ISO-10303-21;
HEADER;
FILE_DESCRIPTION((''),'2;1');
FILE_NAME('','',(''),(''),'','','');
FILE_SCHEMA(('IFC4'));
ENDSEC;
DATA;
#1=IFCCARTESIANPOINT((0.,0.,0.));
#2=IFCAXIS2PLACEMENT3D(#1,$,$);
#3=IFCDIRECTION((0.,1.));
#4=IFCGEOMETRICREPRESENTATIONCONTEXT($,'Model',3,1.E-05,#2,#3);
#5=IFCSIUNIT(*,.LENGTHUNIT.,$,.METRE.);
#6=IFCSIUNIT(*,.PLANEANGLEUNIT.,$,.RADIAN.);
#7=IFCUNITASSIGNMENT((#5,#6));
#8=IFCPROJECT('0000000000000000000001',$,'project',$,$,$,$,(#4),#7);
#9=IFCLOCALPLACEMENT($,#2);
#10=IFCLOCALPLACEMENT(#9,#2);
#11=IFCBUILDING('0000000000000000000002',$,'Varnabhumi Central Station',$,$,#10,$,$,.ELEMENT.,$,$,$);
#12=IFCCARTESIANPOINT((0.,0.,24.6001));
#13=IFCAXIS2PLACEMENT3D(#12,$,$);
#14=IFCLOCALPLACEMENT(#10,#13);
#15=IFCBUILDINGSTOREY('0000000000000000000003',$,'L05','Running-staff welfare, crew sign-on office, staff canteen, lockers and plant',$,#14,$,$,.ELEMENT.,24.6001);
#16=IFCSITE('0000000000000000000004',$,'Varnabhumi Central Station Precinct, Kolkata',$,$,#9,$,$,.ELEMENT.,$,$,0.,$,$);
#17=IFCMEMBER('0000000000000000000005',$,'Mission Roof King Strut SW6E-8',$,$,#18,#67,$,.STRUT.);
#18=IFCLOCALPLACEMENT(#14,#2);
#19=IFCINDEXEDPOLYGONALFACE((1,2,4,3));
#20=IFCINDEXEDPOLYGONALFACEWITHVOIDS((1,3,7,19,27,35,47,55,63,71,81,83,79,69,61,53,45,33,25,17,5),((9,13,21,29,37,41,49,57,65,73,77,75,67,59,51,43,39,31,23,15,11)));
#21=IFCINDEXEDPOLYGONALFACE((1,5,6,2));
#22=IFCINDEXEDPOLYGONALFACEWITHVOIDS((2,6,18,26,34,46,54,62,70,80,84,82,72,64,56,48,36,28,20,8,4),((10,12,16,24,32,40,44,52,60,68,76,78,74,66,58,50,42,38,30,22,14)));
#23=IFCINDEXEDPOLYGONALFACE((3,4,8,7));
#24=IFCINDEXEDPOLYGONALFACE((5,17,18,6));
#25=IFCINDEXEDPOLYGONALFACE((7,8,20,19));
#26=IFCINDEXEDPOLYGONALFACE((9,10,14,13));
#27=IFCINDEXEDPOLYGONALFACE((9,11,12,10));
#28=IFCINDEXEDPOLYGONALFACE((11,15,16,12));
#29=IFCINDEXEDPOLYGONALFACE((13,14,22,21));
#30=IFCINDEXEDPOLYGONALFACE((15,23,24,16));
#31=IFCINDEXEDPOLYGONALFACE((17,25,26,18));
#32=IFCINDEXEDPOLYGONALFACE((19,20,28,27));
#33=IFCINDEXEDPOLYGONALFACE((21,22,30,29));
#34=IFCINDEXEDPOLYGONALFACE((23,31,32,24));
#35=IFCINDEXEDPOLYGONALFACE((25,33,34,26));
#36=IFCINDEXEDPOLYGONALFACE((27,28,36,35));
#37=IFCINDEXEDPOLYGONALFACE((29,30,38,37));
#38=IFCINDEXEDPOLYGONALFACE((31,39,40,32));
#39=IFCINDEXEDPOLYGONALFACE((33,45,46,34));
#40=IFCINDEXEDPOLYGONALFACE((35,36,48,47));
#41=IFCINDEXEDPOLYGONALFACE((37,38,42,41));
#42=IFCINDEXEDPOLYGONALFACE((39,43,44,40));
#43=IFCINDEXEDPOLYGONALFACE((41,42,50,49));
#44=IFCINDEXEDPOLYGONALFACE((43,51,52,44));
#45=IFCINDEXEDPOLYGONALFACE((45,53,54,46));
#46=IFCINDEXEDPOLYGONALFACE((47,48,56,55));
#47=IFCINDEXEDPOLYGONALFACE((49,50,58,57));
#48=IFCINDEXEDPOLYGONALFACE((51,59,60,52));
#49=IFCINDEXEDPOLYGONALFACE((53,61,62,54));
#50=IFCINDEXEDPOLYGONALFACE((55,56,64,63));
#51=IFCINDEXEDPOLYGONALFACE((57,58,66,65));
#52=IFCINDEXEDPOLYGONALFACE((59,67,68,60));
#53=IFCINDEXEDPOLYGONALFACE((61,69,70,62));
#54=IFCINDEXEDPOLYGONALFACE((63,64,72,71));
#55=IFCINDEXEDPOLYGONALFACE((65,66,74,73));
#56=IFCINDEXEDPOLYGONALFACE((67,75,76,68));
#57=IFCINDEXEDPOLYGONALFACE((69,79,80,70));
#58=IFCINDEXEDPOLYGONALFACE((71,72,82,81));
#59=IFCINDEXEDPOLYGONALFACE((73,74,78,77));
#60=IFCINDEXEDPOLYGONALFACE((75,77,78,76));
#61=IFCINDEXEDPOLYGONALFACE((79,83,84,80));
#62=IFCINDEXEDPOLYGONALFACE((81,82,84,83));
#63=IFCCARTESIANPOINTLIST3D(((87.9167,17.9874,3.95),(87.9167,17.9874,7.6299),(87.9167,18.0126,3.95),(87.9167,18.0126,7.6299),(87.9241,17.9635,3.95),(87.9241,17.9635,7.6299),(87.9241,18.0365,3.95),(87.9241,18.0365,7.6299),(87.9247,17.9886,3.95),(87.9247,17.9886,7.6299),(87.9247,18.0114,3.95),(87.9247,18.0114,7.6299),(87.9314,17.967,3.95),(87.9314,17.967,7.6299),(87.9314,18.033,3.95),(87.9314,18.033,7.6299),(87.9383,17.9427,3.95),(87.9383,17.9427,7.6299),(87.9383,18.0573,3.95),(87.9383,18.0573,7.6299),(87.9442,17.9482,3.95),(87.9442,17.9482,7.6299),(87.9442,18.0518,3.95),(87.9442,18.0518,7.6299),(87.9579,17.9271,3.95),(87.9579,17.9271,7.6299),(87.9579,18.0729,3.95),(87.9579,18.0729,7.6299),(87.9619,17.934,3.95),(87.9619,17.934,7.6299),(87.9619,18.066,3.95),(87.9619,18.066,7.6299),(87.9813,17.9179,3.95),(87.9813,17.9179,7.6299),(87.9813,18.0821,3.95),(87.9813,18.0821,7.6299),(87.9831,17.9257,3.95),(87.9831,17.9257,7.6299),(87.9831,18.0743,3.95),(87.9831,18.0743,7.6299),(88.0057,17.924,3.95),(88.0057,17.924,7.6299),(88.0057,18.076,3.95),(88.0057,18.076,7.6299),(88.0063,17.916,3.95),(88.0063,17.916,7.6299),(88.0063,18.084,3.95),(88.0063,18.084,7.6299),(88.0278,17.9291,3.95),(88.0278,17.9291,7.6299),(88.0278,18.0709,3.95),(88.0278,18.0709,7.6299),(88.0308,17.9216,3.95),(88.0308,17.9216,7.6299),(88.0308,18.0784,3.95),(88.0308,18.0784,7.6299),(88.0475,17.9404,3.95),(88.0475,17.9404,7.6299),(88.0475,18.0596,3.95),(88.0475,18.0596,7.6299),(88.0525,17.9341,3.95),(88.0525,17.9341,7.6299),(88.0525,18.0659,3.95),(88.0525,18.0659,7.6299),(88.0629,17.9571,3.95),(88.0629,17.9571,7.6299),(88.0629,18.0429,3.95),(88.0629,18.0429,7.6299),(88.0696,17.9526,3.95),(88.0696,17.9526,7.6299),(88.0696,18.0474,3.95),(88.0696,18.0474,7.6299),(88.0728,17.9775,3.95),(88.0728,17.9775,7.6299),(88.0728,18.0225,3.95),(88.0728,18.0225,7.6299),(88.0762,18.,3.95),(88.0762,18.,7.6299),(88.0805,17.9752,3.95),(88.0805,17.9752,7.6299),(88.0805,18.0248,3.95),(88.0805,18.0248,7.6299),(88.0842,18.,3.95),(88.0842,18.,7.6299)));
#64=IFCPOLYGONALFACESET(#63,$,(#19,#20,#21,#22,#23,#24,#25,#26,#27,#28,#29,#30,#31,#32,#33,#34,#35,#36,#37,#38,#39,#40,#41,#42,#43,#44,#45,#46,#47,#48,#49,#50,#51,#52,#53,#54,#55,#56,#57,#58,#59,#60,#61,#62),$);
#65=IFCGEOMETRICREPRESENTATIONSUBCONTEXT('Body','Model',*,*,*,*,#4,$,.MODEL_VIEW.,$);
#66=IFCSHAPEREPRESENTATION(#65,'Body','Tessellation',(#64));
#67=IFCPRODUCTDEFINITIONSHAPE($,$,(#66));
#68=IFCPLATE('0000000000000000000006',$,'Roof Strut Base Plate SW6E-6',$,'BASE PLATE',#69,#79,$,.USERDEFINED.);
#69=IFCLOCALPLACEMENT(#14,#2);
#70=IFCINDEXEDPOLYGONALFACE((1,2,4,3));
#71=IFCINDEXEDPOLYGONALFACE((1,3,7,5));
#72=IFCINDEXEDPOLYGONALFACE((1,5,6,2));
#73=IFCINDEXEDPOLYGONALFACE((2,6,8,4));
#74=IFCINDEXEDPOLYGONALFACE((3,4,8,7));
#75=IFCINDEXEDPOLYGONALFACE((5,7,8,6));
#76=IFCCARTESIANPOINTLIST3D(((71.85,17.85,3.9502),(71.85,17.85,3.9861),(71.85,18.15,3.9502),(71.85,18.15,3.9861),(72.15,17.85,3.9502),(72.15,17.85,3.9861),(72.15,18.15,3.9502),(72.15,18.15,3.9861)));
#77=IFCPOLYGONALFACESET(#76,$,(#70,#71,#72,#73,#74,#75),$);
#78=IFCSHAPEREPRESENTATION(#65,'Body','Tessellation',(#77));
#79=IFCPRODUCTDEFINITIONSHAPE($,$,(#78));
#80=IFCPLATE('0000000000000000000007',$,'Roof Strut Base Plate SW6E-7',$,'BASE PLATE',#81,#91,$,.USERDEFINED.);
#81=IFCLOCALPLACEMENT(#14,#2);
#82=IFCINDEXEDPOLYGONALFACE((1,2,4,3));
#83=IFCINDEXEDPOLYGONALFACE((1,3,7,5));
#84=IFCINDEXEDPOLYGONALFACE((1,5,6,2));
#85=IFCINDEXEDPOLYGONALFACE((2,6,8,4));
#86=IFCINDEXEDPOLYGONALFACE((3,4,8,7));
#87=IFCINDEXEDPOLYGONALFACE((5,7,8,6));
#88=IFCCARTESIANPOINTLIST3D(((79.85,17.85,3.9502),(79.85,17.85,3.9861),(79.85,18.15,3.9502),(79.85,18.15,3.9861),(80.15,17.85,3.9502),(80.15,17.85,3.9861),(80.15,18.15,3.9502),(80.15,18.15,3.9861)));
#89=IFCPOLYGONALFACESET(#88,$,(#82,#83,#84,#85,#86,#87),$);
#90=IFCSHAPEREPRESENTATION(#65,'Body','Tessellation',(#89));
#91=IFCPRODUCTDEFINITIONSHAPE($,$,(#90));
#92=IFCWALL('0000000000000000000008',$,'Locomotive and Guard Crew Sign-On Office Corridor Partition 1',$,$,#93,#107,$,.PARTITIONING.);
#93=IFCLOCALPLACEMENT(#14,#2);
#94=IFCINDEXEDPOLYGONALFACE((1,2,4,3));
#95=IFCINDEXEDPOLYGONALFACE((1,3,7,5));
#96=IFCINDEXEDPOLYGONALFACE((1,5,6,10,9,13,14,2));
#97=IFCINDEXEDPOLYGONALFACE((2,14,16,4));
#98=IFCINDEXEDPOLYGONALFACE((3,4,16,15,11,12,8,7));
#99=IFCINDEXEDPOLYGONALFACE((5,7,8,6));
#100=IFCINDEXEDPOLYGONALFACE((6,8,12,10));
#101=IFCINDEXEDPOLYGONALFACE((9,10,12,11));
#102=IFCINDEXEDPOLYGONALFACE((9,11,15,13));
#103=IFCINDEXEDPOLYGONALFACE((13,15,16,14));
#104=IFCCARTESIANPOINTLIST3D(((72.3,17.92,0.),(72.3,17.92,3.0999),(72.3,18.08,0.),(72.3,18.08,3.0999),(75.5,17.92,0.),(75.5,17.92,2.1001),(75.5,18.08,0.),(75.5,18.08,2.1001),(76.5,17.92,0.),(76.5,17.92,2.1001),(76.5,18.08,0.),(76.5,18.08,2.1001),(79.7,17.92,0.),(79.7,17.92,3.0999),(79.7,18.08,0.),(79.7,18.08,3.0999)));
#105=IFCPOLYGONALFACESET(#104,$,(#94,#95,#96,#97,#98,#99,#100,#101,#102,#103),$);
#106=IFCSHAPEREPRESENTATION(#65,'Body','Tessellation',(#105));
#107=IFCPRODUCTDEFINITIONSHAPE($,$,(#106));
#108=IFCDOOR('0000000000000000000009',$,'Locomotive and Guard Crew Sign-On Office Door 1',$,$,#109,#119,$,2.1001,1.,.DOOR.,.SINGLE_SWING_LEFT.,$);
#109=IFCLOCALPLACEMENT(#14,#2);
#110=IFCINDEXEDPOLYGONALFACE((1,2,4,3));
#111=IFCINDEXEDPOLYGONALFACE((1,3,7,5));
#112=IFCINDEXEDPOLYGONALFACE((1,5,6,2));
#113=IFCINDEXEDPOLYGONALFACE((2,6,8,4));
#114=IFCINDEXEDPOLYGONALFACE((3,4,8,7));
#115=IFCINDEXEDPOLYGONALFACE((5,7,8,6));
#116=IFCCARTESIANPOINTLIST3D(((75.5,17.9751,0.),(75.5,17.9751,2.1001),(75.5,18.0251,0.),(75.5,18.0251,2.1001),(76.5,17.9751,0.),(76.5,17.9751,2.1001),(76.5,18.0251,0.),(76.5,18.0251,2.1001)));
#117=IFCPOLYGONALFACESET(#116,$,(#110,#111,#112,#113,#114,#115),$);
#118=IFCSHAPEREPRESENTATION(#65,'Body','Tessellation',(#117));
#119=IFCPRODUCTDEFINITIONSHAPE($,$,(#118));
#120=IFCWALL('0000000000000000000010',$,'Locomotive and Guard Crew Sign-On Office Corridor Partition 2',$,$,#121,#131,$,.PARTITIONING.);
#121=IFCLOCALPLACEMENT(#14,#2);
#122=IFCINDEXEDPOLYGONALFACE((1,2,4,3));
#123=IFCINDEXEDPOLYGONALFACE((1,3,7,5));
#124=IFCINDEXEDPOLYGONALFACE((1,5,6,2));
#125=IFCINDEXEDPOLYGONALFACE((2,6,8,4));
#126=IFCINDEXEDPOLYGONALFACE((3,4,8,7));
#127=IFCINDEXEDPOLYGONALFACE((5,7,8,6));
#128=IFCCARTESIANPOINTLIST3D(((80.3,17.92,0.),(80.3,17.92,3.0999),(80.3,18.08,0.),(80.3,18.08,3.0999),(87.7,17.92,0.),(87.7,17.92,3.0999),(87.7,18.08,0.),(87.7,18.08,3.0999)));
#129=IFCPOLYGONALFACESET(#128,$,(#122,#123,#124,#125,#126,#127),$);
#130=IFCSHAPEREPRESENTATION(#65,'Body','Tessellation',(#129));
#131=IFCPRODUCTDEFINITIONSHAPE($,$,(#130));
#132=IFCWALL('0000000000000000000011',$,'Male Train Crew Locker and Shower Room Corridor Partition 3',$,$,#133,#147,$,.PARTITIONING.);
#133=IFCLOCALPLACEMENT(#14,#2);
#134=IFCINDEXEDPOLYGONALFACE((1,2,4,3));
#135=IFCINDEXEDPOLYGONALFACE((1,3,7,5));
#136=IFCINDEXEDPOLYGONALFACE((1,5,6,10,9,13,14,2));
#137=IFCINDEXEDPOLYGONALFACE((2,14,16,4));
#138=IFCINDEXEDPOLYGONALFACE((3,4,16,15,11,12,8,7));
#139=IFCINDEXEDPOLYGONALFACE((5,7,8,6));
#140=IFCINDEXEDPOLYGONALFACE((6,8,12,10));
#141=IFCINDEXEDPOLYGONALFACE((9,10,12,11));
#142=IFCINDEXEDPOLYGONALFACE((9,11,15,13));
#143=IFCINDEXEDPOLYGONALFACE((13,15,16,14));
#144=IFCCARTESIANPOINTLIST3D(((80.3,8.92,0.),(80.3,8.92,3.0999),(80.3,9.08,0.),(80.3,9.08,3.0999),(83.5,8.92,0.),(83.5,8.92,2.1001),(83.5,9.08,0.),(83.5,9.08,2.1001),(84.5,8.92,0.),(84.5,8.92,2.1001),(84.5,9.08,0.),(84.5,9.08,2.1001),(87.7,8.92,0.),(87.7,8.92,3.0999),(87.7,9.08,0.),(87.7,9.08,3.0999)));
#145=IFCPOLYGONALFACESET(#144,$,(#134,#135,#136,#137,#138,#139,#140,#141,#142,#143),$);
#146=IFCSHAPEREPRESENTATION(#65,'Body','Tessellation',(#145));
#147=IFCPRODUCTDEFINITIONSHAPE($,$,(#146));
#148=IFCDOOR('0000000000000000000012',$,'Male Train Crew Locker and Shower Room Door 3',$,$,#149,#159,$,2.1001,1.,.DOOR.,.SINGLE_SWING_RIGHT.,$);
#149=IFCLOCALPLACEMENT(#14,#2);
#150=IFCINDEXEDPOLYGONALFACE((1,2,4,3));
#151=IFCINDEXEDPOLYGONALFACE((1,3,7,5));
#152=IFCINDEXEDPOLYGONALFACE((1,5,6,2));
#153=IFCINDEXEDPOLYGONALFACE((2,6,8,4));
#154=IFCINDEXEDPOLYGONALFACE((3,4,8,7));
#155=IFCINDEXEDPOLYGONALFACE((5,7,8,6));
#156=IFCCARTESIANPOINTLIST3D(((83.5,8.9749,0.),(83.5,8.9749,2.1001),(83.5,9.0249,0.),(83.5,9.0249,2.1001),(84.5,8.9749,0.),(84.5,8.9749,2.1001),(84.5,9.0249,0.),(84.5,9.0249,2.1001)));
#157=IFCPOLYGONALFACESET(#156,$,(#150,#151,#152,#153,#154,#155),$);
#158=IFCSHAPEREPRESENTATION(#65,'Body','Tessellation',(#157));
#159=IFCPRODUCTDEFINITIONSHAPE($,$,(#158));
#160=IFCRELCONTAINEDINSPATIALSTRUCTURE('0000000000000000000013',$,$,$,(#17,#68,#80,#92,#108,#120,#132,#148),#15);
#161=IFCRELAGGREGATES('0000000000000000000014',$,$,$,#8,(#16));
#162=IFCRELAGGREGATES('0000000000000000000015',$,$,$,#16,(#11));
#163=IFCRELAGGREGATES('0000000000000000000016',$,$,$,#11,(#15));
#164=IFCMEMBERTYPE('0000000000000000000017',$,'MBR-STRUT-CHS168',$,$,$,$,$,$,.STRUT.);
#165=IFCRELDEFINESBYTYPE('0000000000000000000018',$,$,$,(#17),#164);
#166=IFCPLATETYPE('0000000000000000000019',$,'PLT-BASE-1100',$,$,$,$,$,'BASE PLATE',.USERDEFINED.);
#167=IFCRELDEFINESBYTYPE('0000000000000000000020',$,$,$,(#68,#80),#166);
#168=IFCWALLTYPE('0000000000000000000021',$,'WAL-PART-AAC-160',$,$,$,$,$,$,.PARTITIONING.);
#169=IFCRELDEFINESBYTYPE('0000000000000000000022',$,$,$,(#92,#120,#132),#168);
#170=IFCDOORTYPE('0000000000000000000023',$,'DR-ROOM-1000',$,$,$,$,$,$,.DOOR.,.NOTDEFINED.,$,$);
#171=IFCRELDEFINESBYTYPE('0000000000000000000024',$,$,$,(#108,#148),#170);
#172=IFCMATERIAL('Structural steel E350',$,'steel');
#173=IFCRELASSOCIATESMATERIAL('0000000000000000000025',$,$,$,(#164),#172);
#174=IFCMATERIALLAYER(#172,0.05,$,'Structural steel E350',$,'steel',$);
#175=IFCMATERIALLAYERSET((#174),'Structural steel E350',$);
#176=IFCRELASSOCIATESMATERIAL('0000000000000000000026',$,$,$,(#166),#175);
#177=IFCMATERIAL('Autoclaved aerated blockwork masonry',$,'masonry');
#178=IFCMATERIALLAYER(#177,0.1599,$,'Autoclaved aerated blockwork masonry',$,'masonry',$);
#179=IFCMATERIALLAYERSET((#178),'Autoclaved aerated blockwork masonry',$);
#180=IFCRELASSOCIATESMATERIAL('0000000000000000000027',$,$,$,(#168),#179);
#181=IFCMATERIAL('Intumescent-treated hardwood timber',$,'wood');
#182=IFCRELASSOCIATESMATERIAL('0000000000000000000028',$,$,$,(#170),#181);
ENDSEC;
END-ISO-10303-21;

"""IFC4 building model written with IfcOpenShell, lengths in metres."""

from ifc_helpers import new_model, si_unit, direction, frame, frame_2d, origin, origin_2d, place, context, subcontext, project, spatial, rectangle, hollow_circle, extrude, material, layer, layer_set, material_profile, profile_set, type_object, element, fill, save


model = new_model("IFC4")

# Units and contexts
model_context = context("Model", 3, precision=1e-05, world=origin(), true_north=direction((0.0, 1.0)))
body_context = subcontext(model_context, "Body", "Model", "MODEL_VIEW")
ifc_project = project(units=[si_unit("LENGTHUNIT", "METRE"), si_unit("PLANEANGLEUNIT", "RADIAN")], contexts=[model_context])

# Site, building, storey
site_placement = place(None, origin())
site = spatial("IfcSite", under=ifc_project, at=site_placement, Name="Varnabhumi Central Station Precinct, Kolkata", CompositionType="ELEMENT", RefElevation=0.0)
building_placement = place(site_placement, origin())
building = spatial("IfcBuilding", under=site, at=building_placement, Name="Varnabhumi Central Station", CompositionType="ELEMENT")
storey_placement = place(building_placement, frame((0.0, 0.0, 24.6001)))
storey = spatial("IfcBuildingStorey", under=building, at=storey_placement, Name="L05", Description="Running-staff welfare, crew sign-on office, staff canteen, lockers and plant", CompositionType="ELEMENT", Elevation=24.6001)

# Shared definitions
ifc_material_1 = material(Name="Structural steel E350", Category="steel")

# Member
ifc_material_profile_1 = material_profile(ifc_material_1, hollow_circle(Radius=0.0842, WallThickness=0.0081, at=origin_2d()), Name="Structural steel E350", Category="steel")
ifc_profile_set_1 = profile_set([ifc_material_profile_1], Name="Structural steel E350")
member_type_1 = type_object("IfcMemberType", Name="MBR-STRUT-CHS168", PredefinedType="STRUT", material=ifc_profile_set_1)
for number, where, z_axis, x_axis, name in (
    (1, (88.0, 18.0, 3.95), (0.0, 0.0, 1.0), (1.0, 0.0, 0.0), "Mission Roof King Strut SW6E-8"),
):
    element("IfcMember", number, at=place(storey_placement, frame(where, z_axis=z_axis, x_axis=x_axis)), inside=storey, type_object=member_type_1, Name=name, PredefinedType="STRUT", context=body_context, shape_type="SweptSolid", body=[
        extrude(hollow_circle(Radius=0.0842, WallThickness=0.0081, at=origin_2d()), origin(), (0.0, 0.0, 1.0), 3.6799),
    ])

# Plates
ifc_layer_1 = layer(ifc_material_1, 0.05, Name="Structural steel E350", Category="steel")
ifc_layer_set_1 = layer_set([ifc_layer_1], Name="Structural steel E350")
plate_type = type_object("IfcPlateType", Name="PLT-BASE-1100", ElementType="BASE PLATE", PredefinedType="USERDEFINED", material=ifc_layer_set_1)
for number, where, z_axis, x_axis, name in (
    (2, (72.0, 18.0, 3.9502), (0.0, 0.0, 1.0), (1.0, 0.0, 0.0), "Roof Strut Base Plate SW6E-6"),
    (3, (80.0, 18.0, 3.9502), (0.0, 0.0, 1.0), (1.0, 0.0, 0.0), "Roof Strut Base Plate SW6E-7"),
):
    element("IfcPlate", number, at=place(storey_placement, frame(where, z_axis=z_axis, x_axis=x_axis)), inside=storey, type_object=plate_type, Name=name, ObjectType="BASE PLATE", PredefinedType="USERDEFINED", context=body_context, shape_type="SweptSolid", body=[
        extrude(rectangle(XDim=0.3, YDim=0.3, at=origin_2d()), origin(), (0.0, 0.0, 1.0), 0.0359),
    ])

# Wall, opening, door
ifc_material_2 = material(Name="Autoclaved aerated blockwork masonry", Category="masonry")
ifc_layer_2 = layer(ifc_material_2, 0.1599, Name="Autoclaved aerated blockwork masonry", Category="masonry")
ifc_layer_set_2 = layer_set([ifc_layer_2], Name="Autoclaved aerated blockwork masonry")
wall_type = type_object("IfcWallType", Name="WAL-PART-AAC-160", PredefinedType="PARTITIONING", material=ifc_layer_set_2)
wall_1_placement = place(storey_placement, frame((72.3, 18.0, 0.0), z_axis=(0.0, 0.0, 1.0), x_axis=(1.0, 0.0, 0.0)))
wall_1 = element("IfcWall", 4, at=wall_1_placement, inside=storey, type_object=wall_type, Name="Locomotive and Guard Crew Sign-On Office Corridor Partition 1", PredefinedType="PARTITIONING", context=body_context, shape_type="SweptSolid", body=[
    extrude(rectangle(XDim=7.3999, YDim=0.1599, at=frame_2d((3.7, 0.0))), origin(), (0.0, 0.0, 1.0), 3.0999),
])
opening_1_placement = place(wall_1_placement, frame((3.2, 0.0, 0.0)))
opening_1 = element("IfcOpeningElement", 5, at=opening_1_placement, cuts=wall_1, PredefinedType="OPENING", context=body_context, shape_type="SweptSolid", body=[
    extrude(rectangle(XDim=1.0, YDim=2.1001, at=frame_2d((0.5, 1.05))), frame((0.0, 0.0898, 0.0), z_axis=(0.0, -1.0, 0.0), x_axis=(1.0, 0.0, 0.0)), (0.0, 0.0, 1.0), 0.1799),
])
ifc_material_3 = material(Name="Intumescent-treated hardwood timber", Category="wood")
door_type = type_object("IfcDoorType", Name="DR-ROOM-1000", OperationType="NOTDEFINED", PredefinedType="DOOR", material=ifc_material_3)
door_1_placement = place(opening_1_placement, frame((1.0, 0.0, 0.0), z_axis=(0.0, 0.0, 1.0), x_axis=(-1.0, 0.0, 0.0)))
door_1 = element("IfcDoor", 6, at=door_1_placement, inside=storey, type_object=door_type, Name="Locomotive and Guard Crew Sign-On Office Door 1", OperationType="SINGLE_SWING_LEFT", OverallHeight=2.1001, OverallWidth=1.0, PredefinedType="DOOR", context=body_context, shape_type="SweptSolid", body=[
    extrude(rectangle(XDim=1.0, YDim=2.1001, at=frame_2d((0.5, 1.05))), frame((0.0, 0.0249, 0.0), z_axis=(0.0, -1.0, 0.0), x_axis=(1.0, 0.0, 0.0)), (0.0, 0.0, 1.0), 0.05),
])
fill(opening_1, door_1)

# Wall
wall_2_placement = place(storey_placement, frame((80.3, 18.0, 0.0), z_axis=(0.0, 0.0, 1.0), x_axis=(1.0, 0.0, 0.0)))
element("IfcWall", 7, at=wall_2_placement, inside=storey, type_object=wall_type, Name="Locomotive and Guard Crew Sign-On Office Corridor Partition 2", PredefinedType="PARTITIONING", context=body_context, shape_type="SweptSolid", body=[
    extrude(rectangle(XDim=7.3999, YDim=0.1599, at=frame_2d((3.7, 0.0))), origin(), (0.0, 0.0, 1.0), 3.0999),
])

# Wall, opening, door
wall_3_placement = place(storey_placement, frame((80.3, 9.0, 0.0), z_axis=(0.0, 0.0, 1.0), x_axis=(1.0, 0.0, 0.0)))
wall_3 = element("IfcWall", 8, at=wall_3_placement, inside=storey, type_object=wall_type, Name="Male Train Crew Locker and Shower Room Corridor Partition 3", PredefinedType="PARTITIONING", context=body_context, shape_type="SweptSolid", body=[
    extrude(rectangle(XDim=7.3999, YDim=0.1599, at=frame_2d((3.7, 0.0))), origin(), (0.0, 0.0, 1.0), 3.0999),
])
opening_2_placement = place(wall_3_placement, frame((3.2, 0.0, 0.0)))
opening_2 = element("IfcOpeningElement", 9, at=opening_2_placement, cuts=wall_3, PredefinedType="OPENING", context=body_context, shape_type="SweptSolid", body=[
    extrude(rectangle(XDim=1.0, YDim=2.1001, at=frame_2d((0.5, 1.05))), frame((0.0, 0.0898, 0.0), z_axis=(0.0, -1.0, 0.0), x_axis=(1.0, 0.0, 0.0)), (0.0, 0.0, 1.0), 0.1799),
])
door_2_placement = place(opening_2_placement, origin())
door_2 = element("IfcDoor", 10, at=door_2_placement, inside=storey, type_object=door_type, Name="Male Train Crew Locker and Shower Room Door 3", OperationType="SINGLE_SWING_RIGHT", OverallHeight=2.1001, OverallWidth=1.0, PredefinedType="DOOR", context=body_context, shape_type="SweptSolid", body=[
    extrude(rectangle(XDim=1.0, YDim=2.1001, at=frame_2d((0.5, 1.05))), frame((0.0, 0.0249, 0.0), z_axis=(0.0, -1.0, 0.0), x_axis=(1.0, 0.0, 0.0)), (0.0, 0.0, 1.0), 0.05),
])
fill(opening_2, door_2)

save(model, "model.ifc")
